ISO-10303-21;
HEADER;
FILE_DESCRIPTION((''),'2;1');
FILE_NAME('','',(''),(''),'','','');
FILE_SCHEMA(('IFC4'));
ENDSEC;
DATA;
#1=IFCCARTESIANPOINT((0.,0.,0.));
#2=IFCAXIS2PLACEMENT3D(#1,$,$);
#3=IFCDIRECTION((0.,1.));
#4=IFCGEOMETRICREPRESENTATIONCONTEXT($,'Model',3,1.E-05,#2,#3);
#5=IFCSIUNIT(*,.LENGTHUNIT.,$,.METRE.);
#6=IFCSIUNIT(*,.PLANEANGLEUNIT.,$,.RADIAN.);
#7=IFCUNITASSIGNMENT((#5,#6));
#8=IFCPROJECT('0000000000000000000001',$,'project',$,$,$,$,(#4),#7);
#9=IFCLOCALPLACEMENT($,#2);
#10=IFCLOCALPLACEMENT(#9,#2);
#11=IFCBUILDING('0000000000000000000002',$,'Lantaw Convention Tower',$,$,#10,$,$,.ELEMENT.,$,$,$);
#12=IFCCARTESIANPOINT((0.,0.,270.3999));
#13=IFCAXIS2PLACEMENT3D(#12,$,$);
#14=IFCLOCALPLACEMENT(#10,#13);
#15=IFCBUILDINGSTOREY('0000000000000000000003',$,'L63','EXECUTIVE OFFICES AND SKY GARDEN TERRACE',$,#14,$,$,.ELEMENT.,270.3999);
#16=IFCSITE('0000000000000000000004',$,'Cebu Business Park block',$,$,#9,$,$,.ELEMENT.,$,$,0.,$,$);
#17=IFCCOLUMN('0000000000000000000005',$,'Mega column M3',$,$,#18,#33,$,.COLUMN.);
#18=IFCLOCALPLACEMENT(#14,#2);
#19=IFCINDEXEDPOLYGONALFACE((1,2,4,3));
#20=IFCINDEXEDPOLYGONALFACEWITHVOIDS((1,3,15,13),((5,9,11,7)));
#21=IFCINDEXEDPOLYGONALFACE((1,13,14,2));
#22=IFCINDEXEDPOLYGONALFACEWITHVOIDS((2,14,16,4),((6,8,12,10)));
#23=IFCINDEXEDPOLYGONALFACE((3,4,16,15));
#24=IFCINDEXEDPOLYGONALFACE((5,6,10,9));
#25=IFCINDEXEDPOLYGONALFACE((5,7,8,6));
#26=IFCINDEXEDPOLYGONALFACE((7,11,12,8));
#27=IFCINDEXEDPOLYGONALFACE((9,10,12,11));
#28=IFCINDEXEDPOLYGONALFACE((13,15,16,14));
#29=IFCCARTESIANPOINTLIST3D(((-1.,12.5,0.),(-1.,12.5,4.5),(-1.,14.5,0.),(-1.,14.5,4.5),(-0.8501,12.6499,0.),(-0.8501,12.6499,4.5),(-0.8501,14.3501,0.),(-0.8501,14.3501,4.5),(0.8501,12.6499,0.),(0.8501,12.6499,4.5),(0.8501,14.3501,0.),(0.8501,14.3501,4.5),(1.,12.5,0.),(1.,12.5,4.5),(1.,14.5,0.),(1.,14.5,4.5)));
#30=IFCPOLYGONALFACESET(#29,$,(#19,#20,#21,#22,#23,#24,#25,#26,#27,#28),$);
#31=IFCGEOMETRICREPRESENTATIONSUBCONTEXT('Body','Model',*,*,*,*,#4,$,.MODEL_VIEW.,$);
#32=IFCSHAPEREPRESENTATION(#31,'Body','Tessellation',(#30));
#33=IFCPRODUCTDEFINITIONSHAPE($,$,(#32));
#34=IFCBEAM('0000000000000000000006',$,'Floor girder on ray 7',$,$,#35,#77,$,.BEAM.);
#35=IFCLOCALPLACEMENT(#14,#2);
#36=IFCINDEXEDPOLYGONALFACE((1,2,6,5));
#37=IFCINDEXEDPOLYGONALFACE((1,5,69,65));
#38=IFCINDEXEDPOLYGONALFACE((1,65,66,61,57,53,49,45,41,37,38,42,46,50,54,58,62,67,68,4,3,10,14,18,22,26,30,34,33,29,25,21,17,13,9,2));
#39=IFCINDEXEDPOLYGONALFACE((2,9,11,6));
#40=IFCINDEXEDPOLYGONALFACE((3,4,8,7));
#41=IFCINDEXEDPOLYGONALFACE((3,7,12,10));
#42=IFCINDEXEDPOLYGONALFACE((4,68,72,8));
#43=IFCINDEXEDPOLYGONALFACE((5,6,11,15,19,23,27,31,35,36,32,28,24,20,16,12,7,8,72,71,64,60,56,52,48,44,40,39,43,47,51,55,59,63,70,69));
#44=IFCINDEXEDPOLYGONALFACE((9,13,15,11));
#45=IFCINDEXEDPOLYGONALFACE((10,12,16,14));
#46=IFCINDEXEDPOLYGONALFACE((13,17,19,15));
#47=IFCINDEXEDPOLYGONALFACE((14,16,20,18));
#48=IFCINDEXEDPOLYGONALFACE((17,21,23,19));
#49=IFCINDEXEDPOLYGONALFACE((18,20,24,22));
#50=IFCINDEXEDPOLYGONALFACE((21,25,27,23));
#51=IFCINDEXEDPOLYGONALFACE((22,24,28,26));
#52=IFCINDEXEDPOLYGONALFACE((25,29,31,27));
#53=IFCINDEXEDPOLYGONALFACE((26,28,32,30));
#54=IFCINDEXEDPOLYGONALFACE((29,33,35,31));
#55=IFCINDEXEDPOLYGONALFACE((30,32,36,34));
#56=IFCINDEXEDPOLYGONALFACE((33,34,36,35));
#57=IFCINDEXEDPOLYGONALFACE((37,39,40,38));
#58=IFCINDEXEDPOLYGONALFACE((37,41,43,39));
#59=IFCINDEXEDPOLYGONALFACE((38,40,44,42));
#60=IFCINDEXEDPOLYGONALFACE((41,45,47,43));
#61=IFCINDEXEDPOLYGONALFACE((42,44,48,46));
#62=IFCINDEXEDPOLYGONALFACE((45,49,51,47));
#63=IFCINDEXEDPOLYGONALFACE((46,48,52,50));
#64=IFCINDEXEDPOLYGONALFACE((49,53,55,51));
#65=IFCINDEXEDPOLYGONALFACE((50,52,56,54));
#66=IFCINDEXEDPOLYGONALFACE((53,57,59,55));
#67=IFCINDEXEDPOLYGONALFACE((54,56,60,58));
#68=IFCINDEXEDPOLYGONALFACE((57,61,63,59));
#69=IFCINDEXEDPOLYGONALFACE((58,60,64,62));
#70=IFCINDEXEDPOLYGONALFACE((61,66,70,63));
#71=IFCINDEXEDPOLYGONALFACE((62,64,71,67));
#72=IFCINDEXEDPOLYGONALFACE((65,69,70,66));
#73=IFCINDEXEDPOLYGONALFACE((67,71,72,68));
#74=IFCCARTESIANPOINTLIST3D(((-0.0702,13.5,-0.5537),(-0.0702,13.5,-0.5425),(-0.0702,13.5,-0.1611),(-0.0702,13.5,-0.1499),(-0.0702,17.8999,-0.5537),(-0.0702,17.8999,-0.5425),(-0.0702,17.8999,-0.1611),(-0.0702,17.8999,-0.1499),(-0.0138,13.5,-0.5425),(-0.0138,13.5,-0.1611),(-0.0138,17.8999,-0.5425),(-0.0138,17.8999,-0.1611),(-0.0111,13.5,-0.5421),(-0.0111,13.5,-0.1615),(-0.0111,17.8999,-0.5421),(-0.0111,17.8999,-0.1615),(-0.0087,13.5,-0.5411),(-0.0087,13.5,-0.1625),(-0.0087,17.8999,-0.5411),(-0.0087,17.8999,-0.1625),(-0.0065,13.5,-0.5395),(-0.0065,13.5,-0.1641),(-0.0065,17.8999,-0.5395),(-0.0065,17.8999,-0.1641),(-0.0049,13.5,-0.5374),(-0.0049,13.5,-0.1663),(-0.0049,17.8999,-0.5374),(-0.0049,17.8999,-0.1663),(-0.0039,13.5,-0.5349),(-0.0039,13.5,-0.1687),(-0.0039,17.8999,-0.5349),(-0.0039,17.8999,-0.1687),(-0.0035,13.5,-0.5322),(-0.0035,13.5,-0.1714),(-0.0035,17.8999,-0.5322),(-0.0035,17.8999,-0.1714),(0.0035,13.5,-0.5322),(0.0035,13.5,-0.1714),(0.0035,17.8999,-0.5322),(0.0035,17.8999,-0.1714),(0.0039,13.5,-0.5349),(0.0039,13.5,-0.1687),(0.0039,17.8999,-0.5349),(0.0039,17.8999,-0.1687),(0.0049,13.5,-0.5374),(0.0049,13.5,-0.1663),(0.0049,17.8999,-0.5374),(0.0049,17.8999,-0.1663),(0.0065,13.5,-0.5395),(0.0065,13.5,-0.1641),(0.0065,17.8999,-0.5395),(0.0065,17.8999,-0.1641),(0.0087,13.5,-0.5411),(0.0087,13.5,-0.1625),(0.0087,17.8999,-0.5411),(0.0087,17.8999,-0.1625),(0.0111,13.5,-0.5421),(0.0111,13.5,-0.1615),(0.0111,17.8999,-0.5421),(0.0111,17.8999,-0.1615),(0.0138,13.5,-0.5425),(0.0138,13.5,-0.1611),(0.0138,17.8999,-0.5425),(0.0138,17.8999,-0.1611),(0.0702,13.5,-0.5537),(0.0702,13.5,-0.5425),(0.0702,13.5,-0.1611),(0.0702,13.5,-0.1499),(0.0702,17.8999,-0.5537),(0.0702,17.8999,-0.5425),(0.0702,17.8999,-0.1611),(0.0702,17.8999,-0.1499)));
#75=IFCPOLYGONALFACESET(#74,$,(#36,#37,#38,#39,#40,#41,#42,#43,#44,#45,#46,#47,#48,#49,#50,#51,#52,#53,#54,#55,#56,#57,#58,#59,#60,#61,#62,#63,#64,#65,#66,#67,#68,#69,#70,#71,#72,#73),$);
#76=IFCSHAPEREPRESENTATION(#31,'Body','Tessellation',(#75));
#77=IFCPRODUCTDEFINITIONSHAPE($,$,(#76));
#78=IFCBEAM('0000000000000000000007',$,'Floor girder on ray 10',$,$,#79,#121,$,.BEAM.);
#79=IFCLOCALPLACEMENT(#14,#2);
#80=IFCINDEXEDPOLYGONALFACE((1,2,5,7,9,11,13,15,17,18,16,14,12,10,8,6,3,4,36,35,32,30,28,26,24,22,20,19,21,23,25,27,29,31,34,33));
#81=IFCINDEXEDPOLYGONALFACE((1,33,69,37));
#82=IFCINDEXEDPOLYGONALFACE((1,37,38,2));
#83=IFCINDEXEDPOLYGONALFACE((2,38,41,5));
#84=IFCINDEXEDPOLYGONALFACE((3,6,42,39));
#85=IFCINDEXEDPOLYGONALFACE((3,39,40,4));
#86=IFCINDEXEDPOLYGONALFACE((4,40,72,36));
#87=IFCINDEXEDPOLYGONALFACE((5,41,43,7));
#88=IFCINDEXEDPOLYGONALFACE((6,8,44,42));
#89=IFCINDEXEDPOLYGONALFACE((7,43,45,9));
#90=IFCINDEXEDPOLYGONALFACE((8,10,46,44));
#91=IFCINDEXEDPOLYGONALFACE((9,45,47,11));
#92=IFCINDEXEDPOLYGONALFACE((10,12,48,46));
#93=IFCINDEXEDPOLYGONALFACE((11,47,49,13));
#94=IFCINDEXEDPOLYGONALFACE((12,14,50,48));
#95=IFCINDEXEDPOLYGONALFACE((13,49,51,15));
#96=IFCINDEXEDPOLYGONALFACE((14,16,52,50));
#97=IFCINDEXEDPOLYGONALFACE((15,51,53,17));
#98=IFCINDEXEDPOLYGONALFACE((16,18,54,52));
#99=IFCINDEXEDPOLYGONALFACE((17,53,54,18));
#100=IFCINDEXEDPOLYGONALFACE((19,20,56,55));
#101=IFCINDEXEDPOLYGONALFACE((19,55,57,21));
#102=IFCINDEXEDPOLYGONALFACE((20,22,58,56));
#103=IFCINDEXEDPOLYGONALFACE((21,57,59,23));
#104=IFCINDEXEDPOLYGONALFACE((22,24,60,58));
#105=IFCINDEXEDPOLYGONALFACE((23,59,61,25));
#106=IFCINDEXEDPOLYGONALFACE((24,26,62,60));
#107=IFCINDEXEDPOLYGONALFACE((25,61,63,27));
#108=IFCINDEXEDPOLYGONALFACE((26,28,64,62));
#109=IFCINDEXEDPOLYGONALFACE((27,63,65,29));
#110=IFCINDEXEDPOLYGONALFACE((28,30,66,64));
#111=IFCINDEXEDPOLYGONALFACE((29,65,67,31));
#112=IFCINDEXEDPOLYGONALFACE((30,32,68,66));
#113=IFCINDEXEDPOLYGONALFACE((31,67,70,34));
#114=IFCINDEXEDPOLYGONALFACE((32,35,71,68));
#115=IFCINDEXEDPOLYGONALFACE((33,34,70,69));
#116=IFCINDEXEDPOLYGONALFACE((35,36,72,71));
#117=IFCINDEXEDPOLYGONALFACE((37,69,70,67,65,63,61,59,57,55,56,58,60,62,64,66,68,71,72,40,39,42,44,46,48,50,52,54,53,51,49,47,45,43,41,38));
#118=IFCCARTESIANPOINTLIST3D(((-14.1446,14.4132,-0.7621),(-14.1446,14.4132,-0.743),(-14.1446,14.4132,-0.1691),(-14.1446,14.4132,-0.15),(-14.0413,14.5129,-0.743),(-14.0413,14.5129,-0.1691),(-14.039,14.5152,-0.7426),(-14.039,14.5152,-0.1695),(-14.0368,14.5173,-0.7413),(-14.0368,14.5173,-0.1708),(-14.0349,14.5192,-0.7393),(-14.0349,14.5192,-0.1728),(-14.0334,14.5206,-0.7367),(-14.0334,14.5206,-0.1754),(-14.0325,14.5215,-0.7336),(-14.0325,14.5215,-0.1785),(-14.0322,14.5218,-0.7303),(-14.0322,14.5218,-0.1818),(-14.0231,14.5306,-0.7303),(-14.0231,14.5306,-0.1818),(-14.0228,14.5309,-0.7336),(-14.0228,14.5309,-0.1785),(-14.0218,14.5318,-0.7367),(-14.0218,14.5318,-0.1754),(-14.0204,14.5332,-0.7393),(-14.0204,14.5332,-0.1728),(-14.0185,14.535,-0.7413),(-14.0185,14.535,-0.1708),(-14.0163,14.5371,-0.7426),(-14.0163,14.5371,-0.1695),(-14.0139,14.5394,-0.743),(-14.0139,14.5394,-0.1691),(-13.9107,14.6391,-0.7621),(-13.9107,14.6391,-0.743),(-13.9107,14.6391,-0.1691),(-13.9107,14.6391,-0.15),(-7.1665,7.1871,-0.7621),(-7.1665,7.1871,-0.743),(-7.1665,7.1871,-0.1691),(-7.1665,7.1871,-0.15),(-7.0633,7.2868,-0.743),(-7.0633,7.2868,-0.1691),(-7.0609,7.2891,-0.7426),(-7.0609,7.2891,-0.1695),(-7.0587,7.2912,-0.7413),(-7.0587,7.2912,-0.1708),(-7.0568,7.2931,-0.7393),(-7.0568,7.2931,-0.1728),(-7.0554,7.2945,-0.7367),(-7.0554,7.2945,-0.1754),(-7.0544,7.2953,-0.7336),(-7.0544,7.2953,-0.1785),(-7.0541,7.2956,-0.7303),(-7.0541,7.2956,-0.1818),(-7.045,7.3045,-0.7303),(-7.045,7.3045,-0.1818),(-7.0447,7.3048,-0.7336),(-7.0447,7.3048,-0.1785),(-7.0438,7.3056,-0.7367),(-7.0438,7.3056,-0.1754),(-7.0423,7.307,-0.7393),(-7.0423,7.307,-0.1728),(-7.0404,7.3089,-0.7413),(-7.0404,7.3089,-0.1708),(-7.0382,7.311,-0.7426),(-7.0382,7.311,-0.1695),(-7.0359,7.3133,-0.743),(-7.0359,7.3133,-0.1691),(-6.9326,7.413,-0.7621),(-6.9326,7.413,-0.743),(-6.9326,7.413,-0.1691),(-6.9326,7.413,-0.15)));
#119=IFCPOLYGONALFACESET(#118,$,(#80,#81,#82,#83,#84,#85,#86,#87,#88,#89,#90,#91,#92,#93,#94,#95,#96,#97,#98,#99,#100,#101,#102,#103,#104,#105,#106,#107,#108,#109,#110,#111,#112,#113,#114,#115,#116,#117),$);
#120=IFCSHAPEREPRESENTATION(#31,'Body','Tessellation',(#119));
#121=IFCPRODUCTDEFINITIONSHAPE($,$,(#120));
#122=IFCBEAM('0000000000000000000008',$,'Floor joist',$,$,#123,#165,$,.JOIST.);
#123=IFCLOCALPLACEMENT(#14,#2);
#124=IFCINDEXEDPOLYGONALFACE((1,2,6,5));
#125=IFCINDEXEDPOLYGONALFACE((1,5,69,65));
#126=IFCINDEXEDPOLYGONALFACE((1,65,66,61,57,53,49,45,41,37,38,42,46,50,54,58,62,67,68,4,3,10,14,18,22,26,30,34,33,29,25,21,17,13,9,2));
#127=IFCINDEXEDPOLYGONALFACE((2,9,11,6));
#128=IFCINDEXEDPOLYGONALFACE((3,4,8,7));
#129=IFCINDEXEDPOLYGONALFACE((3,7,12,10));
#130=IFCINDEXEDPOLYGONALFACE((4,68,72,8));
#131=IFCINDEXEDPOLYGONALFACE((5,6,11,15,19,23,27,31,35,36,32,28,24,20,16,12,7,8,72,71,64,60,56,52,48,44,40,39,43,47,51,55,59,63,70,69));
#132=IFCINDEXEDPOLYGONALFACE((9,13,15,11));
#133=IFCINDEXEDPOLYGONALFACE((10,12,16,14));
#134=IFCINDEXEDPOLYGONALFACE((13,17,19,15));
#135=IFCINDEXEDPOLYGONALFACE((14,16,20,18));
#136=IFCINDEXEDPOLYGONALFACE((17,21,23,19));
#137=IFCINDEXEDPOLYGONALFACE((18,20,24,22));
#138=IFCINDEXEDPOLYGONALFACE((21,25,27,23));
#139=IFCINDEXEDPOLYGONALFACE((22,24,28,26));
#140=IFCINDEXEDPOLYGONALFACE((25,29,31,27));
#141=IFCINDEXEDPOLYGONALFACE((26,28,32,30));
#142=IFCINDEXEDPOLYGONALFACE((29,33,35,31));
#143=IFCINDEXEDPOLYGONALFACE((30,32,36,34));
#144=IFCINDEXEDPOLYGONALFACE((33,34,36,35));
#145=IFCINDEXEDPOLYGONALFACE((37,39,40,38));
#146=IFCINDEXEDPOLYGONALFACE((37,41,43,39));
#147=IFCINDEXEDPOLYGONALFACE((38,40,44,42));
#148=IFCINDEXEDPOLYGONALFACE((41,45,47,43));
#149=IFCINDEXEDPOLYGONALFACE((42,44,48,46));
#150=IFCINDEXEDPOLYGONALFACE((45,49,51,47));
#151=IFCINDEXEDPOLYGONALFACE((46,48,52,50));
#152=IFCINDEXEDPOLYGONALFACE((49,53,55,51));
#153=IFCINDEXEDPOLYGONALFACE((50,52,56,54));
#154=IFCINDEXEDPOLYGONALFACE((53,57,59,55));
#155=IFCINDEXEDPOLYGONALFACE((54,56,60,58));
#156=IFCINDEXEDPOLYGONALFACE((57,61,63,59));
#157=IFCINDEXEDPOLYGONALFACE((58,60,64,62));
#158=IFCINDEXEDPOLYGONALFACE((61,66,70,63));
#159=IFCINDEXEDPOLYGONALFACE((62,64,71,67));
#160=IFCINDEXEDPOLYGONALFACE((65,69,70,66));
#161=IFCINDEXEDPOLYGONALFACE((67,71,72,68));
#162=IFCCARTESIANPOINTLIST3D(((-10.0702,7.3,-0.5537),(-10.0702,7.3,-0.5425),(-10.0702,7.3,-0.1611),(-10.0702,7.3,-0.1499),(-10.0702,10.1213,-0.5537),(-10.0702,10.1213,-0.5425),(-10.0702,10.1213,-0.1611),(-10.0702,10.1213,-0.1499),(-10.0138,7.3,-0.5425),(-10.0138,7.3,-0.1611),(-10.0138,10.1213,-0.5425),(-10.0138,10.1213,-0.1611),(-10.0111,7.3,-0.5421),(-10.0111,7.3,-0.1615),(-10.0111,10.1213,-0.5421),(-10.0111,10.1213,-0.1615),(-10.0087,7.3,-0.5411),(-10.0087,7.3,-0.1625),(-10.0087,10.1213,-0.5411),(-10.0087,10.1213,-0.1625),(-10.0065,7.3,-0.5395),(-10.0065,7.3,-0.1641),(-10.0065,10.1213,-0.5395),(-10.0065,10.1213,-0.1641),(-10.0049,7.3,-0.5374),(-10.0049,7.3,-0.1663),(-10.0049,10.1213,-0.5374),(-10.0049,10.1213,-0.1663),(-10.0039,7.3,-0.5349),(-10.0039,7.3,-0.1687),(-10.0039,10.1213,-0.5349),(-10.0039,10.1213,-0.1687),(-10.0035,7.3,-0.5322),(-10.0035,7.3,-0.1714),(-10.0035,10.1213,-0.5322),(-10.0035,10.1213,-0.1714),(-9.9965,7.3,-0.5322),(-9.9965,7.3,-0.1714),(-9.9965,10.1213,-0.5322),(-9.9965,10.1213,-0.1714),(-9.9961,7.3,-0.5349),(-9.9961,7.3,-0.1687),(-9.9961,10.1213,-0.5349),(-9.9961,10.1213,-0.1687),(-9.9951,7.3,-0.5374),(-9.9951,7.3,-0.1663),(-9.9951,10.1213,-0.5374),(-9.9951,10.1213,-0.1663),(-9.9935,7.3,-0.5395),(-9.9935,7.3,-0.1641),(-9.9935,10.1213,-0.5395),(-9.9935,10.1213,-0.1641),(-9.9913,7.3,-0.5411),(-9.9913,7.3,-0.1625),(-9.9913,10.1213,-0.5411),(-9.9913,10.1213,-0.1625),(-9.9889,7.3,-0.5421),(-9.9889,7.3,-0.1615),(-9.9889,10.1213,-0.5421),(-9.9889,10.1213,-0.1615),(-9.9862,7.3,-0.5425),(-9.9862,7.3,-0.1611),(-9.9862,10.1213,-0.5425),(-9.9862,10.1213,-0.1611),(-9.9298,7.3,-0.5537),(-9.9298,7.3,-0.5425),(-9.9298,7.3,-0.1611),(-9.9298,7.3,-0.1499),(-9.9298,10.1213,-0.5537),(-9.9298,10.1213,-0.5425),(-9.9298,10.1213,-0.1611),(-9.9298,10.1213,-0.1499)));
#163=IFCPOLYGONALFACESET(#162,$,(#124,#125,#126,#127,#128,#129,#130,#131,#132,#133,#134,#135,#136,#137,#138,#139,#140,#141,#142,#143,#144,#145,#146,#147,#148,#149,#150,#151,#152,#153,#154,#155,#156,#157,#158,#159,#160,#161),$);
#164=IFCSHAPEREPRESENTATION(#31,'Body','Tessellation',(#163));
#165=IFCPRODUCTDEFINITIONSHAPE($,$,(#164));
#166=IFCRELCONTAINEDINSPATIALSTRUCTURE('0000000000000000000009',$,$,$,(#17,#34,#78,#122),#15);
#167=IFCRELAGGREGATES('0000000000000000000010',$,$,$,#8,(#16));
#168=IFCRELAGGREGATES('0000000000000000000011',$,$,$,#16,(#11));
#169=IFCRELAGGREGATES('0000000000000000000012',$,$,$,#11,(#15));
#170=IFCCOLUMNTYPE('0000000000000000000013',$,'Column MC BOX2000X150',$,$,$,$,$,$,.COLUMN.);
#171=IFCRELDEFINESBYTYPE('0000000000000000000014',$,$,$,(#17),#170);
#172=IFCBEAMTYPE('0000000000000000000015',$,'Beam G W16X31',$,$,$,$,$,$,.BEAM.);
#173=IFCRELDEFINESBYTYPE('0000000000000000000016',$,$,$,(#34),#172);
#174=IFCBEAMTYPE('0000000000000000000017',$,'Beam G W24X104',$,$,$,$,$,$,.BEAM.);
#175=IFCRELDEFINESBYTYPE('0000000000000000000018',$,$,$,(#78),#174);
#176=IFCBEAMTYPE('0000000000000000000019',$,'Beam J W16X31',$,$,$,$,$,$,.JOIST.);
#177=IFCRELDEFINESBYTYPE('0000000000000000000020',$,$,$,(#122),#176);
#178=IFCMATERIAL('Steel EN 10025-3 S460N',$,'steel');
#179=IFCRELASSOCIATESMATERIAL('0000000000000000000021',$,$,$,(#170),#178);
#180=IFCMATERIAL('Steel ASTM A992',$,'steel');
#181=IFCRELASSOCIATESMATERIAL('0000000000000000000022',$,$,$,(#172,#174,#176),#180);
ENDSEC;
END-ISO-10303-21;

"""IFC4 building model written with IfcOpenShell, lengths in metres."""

from ifc_helpers import new_model, si_unit, direction, frame, origin, origin_2d, place, context, subcontext, project, spatial, rectangle, hollow_rectangle, i_section, extrude, material, material_profile, profile_set, type_object, element, save


model = new_model("IFC4")

# Units and contexts
model_context = context("Model", 3, precision=1e-05, world=origin(), true_north=direction((0.0, 1.0)))
body_context = subcontext(model_context, "Body", "Model", "MODEL_VIEW")
ifc_project = project(units=[si_unit("LENGTHUNIT", "METRE"), si_unit("PLANEANGLEUNIT", "RADIAN")], contexts=[model_context])

# Site, building, storey
site_placement = place(None, origin())
site = spatial("IfcSite", under=ifc_project, at=site_placement, Name="Cebu Business Park block", CompositionType="ELEMENT", RefElevation=0.0)
building_placement = place(site_placement, origin())
building = spatial("IfcBuilding", under=site, at=building_placement, Name="Lantaw Convention Tower", CompositionType="ELEMENT")
storey_placement = place(building_placement, frame((0.0, 0.0, 270.3999)))
storey = spatial("IfcBuildingStorey", under=building, at=storey_placement, Name="L63", Description="EXECUTIVE OFFICES AND SKY GARDEN TERRACE", CompositionType="ELEMENT", Elevation=270.3999)

# Column
ifc_material_1 = material(Name="Steel EN 10025-3 S460N", Category="steel")
ifc_material_profile_1 = material_profile(ifc_material_1, hollow_rectangle(XDim=2.0, YDim=2.0, WallThickness=0.1499, at=origin_2d()), Name="BOX2000X150")
ifc_material_2 = material(Name="Concrete C60/75", Category="concrete")
ifc_material_profile_2 = material_profile(ifc_material_2, rectangle(XDim=1.7, YDim=1.7, at=origin_2d()), Name="Concrete fill of BOX2000X150")
ifc_profile_set_1 = profile_set([ifc_material_profile_1, ifc_material_profile_2], Name="Steel EN 10025-3 S460N")
column_type = type_object("IfcColumnType", Name="Column MC BOX2000X150", PredefinedType="COLUMN", material=ifc_profile_set_1)
column_placement = place(storey_placement, frame((0.0, 13.5, 0.0), z_axis=(0.0, 0.0, 1.0), x_axis=(1.0, 0.0, 0.0)))
element("IfcColumn", 1, at=column_placement, inside=storey, type_object=column_type, Name="Mega column M3", PredefinedType="COLUMN", context=body_context, shape_type="SweptSolid", body=[
    extrude(hollow_rectangle(XDim=2.0, YDim=2.0, WallThickness=0.1499, at=origin_2d()), origin(), (0.0, 0.0, 1.0), 4.5),
])

# Beams
ifc_material_3 = material(Name="Steel ASTM A992", Category="steel")
ifc_material_profile_3 = material_profile(ifc_material_3, i_section(OverallWidth=0.1404, OverallDepth=0.4038, WebThickness=0.0071, FlangeThickness=0.0112, FilletRadius=0.0103, at=origin_2d()), Name="W16X31")
ifc_profile_set_2 = profile_set([ifc_material_profile_3], Name="Steel ASTM A992")
beam_type_1 = type_object("IfcBeamType", Name="Beam G W16X31", PredefinedType="BEAM", material=ifc_profile_set_2)
beam_1_placement = place(storey_placement, frame((0.0, 13.5, -0.3518), z_axis=(0.0, 1.0, 0.0), x_axis=(-1.0, 0.0, 0.0)))
element("IfcBeam", 2, at=beam_1_placement, inside=storey, type_object=beam_type_1, Name="Floor girder on ray 7", PredefinedType="BEAM", context=body_context, shape_type="SweptSolid", body=[
    extrude(i_section(OverallWidth=0.1404, OverallDepth=0.4038, WebThickness=0.0071, FlangeThickness=0.0112, FilletRadius=0.0103, at=origin_2d()), origin(), (0.0, 0.0, 1.0), 4.3999),
])
ifc_material_profile_4 = material_profile(ifc_material_3, i_section(OverallWidth=0.3252, OverallDepth=0.6121, WebThickness=0.0127, FlangeThickness=0.019, FilletRadius=0.0127, at=origin_2d()), Name="W24X104")
ifc_profile_set_3 = profile_set([ifc_material_profile_4], Name="Steel ASTM A992")
beam_type_2 = type_object("IfcBeamType", Name="Beam G W24X104", PredefinedType="BEAM", material=ifc_profile_set_3)
beam_2_placement = place(storey_placement, frame((-7.0496, 7.3, -0.4561), z_axis=(-0.694653, 0.719345, 0.0), x_axis=(-0.719345, -0.694653, 0.0)))
element("IfcBeam", 3, at=beam_2_placement, inside=storey, type_object=beam_type_2, Name="Floor girder on ray 10", PredefinedType="BEAM", context=body_context, shape_type="SweptSolid", body=[
    extrude(i_section(OverallWidth=0.3252, OverallDepth=0.6121, WebThickness=0.0127, FlangeThickness=0.019, FilletRadius=0.0127, at=origin_2d()), origin(), (0.0, 0.0, 1.0), 10.0454),
])
ifc_material_profile_5 = material_profile(ifc_material_3, i_section(OverallWidth=0.1404, OverallDepth=0.4038, WebThickness=0.0071, FlangeThickness=0.0112, FilletRadius=0.0103, at=origin_2d()), Name="W16X31")
ifc_profile_set_4 = profile_set([ifc_material_profile_5], Name="Steel ASTM A992")
beam_type_3 = type_object("IfcBeamType", Name="Beam J W16X31", PredefinedType="JOIST", material=ifc_profile_set_4)
beam_3_placement = place(storey_placement, frame((-10.0, 7.3, -0.3518), z_axis=(0.0, 1.0, 0.0), x_axis=(-1.0, 0.0, 0.0)))
element("IfcBeam", 4, at=beam_3_placement, inside=storey, type_object=beam_type_3, Name="Floor joist", PredefinedType="JOIST", context=body_context, shape_type="SweptSolid", body=[
    extrude(i_section(OverallWidth=0.1404, OverallDepth=0.4038, WebThickness=0.0071, FlangeThickness=0.0112, FilletRadius=0.0103, at=origin_2d()), origin(), (0.0, 0.0, 1.0), 2.8213),
])

save(model, "model.ifc")
